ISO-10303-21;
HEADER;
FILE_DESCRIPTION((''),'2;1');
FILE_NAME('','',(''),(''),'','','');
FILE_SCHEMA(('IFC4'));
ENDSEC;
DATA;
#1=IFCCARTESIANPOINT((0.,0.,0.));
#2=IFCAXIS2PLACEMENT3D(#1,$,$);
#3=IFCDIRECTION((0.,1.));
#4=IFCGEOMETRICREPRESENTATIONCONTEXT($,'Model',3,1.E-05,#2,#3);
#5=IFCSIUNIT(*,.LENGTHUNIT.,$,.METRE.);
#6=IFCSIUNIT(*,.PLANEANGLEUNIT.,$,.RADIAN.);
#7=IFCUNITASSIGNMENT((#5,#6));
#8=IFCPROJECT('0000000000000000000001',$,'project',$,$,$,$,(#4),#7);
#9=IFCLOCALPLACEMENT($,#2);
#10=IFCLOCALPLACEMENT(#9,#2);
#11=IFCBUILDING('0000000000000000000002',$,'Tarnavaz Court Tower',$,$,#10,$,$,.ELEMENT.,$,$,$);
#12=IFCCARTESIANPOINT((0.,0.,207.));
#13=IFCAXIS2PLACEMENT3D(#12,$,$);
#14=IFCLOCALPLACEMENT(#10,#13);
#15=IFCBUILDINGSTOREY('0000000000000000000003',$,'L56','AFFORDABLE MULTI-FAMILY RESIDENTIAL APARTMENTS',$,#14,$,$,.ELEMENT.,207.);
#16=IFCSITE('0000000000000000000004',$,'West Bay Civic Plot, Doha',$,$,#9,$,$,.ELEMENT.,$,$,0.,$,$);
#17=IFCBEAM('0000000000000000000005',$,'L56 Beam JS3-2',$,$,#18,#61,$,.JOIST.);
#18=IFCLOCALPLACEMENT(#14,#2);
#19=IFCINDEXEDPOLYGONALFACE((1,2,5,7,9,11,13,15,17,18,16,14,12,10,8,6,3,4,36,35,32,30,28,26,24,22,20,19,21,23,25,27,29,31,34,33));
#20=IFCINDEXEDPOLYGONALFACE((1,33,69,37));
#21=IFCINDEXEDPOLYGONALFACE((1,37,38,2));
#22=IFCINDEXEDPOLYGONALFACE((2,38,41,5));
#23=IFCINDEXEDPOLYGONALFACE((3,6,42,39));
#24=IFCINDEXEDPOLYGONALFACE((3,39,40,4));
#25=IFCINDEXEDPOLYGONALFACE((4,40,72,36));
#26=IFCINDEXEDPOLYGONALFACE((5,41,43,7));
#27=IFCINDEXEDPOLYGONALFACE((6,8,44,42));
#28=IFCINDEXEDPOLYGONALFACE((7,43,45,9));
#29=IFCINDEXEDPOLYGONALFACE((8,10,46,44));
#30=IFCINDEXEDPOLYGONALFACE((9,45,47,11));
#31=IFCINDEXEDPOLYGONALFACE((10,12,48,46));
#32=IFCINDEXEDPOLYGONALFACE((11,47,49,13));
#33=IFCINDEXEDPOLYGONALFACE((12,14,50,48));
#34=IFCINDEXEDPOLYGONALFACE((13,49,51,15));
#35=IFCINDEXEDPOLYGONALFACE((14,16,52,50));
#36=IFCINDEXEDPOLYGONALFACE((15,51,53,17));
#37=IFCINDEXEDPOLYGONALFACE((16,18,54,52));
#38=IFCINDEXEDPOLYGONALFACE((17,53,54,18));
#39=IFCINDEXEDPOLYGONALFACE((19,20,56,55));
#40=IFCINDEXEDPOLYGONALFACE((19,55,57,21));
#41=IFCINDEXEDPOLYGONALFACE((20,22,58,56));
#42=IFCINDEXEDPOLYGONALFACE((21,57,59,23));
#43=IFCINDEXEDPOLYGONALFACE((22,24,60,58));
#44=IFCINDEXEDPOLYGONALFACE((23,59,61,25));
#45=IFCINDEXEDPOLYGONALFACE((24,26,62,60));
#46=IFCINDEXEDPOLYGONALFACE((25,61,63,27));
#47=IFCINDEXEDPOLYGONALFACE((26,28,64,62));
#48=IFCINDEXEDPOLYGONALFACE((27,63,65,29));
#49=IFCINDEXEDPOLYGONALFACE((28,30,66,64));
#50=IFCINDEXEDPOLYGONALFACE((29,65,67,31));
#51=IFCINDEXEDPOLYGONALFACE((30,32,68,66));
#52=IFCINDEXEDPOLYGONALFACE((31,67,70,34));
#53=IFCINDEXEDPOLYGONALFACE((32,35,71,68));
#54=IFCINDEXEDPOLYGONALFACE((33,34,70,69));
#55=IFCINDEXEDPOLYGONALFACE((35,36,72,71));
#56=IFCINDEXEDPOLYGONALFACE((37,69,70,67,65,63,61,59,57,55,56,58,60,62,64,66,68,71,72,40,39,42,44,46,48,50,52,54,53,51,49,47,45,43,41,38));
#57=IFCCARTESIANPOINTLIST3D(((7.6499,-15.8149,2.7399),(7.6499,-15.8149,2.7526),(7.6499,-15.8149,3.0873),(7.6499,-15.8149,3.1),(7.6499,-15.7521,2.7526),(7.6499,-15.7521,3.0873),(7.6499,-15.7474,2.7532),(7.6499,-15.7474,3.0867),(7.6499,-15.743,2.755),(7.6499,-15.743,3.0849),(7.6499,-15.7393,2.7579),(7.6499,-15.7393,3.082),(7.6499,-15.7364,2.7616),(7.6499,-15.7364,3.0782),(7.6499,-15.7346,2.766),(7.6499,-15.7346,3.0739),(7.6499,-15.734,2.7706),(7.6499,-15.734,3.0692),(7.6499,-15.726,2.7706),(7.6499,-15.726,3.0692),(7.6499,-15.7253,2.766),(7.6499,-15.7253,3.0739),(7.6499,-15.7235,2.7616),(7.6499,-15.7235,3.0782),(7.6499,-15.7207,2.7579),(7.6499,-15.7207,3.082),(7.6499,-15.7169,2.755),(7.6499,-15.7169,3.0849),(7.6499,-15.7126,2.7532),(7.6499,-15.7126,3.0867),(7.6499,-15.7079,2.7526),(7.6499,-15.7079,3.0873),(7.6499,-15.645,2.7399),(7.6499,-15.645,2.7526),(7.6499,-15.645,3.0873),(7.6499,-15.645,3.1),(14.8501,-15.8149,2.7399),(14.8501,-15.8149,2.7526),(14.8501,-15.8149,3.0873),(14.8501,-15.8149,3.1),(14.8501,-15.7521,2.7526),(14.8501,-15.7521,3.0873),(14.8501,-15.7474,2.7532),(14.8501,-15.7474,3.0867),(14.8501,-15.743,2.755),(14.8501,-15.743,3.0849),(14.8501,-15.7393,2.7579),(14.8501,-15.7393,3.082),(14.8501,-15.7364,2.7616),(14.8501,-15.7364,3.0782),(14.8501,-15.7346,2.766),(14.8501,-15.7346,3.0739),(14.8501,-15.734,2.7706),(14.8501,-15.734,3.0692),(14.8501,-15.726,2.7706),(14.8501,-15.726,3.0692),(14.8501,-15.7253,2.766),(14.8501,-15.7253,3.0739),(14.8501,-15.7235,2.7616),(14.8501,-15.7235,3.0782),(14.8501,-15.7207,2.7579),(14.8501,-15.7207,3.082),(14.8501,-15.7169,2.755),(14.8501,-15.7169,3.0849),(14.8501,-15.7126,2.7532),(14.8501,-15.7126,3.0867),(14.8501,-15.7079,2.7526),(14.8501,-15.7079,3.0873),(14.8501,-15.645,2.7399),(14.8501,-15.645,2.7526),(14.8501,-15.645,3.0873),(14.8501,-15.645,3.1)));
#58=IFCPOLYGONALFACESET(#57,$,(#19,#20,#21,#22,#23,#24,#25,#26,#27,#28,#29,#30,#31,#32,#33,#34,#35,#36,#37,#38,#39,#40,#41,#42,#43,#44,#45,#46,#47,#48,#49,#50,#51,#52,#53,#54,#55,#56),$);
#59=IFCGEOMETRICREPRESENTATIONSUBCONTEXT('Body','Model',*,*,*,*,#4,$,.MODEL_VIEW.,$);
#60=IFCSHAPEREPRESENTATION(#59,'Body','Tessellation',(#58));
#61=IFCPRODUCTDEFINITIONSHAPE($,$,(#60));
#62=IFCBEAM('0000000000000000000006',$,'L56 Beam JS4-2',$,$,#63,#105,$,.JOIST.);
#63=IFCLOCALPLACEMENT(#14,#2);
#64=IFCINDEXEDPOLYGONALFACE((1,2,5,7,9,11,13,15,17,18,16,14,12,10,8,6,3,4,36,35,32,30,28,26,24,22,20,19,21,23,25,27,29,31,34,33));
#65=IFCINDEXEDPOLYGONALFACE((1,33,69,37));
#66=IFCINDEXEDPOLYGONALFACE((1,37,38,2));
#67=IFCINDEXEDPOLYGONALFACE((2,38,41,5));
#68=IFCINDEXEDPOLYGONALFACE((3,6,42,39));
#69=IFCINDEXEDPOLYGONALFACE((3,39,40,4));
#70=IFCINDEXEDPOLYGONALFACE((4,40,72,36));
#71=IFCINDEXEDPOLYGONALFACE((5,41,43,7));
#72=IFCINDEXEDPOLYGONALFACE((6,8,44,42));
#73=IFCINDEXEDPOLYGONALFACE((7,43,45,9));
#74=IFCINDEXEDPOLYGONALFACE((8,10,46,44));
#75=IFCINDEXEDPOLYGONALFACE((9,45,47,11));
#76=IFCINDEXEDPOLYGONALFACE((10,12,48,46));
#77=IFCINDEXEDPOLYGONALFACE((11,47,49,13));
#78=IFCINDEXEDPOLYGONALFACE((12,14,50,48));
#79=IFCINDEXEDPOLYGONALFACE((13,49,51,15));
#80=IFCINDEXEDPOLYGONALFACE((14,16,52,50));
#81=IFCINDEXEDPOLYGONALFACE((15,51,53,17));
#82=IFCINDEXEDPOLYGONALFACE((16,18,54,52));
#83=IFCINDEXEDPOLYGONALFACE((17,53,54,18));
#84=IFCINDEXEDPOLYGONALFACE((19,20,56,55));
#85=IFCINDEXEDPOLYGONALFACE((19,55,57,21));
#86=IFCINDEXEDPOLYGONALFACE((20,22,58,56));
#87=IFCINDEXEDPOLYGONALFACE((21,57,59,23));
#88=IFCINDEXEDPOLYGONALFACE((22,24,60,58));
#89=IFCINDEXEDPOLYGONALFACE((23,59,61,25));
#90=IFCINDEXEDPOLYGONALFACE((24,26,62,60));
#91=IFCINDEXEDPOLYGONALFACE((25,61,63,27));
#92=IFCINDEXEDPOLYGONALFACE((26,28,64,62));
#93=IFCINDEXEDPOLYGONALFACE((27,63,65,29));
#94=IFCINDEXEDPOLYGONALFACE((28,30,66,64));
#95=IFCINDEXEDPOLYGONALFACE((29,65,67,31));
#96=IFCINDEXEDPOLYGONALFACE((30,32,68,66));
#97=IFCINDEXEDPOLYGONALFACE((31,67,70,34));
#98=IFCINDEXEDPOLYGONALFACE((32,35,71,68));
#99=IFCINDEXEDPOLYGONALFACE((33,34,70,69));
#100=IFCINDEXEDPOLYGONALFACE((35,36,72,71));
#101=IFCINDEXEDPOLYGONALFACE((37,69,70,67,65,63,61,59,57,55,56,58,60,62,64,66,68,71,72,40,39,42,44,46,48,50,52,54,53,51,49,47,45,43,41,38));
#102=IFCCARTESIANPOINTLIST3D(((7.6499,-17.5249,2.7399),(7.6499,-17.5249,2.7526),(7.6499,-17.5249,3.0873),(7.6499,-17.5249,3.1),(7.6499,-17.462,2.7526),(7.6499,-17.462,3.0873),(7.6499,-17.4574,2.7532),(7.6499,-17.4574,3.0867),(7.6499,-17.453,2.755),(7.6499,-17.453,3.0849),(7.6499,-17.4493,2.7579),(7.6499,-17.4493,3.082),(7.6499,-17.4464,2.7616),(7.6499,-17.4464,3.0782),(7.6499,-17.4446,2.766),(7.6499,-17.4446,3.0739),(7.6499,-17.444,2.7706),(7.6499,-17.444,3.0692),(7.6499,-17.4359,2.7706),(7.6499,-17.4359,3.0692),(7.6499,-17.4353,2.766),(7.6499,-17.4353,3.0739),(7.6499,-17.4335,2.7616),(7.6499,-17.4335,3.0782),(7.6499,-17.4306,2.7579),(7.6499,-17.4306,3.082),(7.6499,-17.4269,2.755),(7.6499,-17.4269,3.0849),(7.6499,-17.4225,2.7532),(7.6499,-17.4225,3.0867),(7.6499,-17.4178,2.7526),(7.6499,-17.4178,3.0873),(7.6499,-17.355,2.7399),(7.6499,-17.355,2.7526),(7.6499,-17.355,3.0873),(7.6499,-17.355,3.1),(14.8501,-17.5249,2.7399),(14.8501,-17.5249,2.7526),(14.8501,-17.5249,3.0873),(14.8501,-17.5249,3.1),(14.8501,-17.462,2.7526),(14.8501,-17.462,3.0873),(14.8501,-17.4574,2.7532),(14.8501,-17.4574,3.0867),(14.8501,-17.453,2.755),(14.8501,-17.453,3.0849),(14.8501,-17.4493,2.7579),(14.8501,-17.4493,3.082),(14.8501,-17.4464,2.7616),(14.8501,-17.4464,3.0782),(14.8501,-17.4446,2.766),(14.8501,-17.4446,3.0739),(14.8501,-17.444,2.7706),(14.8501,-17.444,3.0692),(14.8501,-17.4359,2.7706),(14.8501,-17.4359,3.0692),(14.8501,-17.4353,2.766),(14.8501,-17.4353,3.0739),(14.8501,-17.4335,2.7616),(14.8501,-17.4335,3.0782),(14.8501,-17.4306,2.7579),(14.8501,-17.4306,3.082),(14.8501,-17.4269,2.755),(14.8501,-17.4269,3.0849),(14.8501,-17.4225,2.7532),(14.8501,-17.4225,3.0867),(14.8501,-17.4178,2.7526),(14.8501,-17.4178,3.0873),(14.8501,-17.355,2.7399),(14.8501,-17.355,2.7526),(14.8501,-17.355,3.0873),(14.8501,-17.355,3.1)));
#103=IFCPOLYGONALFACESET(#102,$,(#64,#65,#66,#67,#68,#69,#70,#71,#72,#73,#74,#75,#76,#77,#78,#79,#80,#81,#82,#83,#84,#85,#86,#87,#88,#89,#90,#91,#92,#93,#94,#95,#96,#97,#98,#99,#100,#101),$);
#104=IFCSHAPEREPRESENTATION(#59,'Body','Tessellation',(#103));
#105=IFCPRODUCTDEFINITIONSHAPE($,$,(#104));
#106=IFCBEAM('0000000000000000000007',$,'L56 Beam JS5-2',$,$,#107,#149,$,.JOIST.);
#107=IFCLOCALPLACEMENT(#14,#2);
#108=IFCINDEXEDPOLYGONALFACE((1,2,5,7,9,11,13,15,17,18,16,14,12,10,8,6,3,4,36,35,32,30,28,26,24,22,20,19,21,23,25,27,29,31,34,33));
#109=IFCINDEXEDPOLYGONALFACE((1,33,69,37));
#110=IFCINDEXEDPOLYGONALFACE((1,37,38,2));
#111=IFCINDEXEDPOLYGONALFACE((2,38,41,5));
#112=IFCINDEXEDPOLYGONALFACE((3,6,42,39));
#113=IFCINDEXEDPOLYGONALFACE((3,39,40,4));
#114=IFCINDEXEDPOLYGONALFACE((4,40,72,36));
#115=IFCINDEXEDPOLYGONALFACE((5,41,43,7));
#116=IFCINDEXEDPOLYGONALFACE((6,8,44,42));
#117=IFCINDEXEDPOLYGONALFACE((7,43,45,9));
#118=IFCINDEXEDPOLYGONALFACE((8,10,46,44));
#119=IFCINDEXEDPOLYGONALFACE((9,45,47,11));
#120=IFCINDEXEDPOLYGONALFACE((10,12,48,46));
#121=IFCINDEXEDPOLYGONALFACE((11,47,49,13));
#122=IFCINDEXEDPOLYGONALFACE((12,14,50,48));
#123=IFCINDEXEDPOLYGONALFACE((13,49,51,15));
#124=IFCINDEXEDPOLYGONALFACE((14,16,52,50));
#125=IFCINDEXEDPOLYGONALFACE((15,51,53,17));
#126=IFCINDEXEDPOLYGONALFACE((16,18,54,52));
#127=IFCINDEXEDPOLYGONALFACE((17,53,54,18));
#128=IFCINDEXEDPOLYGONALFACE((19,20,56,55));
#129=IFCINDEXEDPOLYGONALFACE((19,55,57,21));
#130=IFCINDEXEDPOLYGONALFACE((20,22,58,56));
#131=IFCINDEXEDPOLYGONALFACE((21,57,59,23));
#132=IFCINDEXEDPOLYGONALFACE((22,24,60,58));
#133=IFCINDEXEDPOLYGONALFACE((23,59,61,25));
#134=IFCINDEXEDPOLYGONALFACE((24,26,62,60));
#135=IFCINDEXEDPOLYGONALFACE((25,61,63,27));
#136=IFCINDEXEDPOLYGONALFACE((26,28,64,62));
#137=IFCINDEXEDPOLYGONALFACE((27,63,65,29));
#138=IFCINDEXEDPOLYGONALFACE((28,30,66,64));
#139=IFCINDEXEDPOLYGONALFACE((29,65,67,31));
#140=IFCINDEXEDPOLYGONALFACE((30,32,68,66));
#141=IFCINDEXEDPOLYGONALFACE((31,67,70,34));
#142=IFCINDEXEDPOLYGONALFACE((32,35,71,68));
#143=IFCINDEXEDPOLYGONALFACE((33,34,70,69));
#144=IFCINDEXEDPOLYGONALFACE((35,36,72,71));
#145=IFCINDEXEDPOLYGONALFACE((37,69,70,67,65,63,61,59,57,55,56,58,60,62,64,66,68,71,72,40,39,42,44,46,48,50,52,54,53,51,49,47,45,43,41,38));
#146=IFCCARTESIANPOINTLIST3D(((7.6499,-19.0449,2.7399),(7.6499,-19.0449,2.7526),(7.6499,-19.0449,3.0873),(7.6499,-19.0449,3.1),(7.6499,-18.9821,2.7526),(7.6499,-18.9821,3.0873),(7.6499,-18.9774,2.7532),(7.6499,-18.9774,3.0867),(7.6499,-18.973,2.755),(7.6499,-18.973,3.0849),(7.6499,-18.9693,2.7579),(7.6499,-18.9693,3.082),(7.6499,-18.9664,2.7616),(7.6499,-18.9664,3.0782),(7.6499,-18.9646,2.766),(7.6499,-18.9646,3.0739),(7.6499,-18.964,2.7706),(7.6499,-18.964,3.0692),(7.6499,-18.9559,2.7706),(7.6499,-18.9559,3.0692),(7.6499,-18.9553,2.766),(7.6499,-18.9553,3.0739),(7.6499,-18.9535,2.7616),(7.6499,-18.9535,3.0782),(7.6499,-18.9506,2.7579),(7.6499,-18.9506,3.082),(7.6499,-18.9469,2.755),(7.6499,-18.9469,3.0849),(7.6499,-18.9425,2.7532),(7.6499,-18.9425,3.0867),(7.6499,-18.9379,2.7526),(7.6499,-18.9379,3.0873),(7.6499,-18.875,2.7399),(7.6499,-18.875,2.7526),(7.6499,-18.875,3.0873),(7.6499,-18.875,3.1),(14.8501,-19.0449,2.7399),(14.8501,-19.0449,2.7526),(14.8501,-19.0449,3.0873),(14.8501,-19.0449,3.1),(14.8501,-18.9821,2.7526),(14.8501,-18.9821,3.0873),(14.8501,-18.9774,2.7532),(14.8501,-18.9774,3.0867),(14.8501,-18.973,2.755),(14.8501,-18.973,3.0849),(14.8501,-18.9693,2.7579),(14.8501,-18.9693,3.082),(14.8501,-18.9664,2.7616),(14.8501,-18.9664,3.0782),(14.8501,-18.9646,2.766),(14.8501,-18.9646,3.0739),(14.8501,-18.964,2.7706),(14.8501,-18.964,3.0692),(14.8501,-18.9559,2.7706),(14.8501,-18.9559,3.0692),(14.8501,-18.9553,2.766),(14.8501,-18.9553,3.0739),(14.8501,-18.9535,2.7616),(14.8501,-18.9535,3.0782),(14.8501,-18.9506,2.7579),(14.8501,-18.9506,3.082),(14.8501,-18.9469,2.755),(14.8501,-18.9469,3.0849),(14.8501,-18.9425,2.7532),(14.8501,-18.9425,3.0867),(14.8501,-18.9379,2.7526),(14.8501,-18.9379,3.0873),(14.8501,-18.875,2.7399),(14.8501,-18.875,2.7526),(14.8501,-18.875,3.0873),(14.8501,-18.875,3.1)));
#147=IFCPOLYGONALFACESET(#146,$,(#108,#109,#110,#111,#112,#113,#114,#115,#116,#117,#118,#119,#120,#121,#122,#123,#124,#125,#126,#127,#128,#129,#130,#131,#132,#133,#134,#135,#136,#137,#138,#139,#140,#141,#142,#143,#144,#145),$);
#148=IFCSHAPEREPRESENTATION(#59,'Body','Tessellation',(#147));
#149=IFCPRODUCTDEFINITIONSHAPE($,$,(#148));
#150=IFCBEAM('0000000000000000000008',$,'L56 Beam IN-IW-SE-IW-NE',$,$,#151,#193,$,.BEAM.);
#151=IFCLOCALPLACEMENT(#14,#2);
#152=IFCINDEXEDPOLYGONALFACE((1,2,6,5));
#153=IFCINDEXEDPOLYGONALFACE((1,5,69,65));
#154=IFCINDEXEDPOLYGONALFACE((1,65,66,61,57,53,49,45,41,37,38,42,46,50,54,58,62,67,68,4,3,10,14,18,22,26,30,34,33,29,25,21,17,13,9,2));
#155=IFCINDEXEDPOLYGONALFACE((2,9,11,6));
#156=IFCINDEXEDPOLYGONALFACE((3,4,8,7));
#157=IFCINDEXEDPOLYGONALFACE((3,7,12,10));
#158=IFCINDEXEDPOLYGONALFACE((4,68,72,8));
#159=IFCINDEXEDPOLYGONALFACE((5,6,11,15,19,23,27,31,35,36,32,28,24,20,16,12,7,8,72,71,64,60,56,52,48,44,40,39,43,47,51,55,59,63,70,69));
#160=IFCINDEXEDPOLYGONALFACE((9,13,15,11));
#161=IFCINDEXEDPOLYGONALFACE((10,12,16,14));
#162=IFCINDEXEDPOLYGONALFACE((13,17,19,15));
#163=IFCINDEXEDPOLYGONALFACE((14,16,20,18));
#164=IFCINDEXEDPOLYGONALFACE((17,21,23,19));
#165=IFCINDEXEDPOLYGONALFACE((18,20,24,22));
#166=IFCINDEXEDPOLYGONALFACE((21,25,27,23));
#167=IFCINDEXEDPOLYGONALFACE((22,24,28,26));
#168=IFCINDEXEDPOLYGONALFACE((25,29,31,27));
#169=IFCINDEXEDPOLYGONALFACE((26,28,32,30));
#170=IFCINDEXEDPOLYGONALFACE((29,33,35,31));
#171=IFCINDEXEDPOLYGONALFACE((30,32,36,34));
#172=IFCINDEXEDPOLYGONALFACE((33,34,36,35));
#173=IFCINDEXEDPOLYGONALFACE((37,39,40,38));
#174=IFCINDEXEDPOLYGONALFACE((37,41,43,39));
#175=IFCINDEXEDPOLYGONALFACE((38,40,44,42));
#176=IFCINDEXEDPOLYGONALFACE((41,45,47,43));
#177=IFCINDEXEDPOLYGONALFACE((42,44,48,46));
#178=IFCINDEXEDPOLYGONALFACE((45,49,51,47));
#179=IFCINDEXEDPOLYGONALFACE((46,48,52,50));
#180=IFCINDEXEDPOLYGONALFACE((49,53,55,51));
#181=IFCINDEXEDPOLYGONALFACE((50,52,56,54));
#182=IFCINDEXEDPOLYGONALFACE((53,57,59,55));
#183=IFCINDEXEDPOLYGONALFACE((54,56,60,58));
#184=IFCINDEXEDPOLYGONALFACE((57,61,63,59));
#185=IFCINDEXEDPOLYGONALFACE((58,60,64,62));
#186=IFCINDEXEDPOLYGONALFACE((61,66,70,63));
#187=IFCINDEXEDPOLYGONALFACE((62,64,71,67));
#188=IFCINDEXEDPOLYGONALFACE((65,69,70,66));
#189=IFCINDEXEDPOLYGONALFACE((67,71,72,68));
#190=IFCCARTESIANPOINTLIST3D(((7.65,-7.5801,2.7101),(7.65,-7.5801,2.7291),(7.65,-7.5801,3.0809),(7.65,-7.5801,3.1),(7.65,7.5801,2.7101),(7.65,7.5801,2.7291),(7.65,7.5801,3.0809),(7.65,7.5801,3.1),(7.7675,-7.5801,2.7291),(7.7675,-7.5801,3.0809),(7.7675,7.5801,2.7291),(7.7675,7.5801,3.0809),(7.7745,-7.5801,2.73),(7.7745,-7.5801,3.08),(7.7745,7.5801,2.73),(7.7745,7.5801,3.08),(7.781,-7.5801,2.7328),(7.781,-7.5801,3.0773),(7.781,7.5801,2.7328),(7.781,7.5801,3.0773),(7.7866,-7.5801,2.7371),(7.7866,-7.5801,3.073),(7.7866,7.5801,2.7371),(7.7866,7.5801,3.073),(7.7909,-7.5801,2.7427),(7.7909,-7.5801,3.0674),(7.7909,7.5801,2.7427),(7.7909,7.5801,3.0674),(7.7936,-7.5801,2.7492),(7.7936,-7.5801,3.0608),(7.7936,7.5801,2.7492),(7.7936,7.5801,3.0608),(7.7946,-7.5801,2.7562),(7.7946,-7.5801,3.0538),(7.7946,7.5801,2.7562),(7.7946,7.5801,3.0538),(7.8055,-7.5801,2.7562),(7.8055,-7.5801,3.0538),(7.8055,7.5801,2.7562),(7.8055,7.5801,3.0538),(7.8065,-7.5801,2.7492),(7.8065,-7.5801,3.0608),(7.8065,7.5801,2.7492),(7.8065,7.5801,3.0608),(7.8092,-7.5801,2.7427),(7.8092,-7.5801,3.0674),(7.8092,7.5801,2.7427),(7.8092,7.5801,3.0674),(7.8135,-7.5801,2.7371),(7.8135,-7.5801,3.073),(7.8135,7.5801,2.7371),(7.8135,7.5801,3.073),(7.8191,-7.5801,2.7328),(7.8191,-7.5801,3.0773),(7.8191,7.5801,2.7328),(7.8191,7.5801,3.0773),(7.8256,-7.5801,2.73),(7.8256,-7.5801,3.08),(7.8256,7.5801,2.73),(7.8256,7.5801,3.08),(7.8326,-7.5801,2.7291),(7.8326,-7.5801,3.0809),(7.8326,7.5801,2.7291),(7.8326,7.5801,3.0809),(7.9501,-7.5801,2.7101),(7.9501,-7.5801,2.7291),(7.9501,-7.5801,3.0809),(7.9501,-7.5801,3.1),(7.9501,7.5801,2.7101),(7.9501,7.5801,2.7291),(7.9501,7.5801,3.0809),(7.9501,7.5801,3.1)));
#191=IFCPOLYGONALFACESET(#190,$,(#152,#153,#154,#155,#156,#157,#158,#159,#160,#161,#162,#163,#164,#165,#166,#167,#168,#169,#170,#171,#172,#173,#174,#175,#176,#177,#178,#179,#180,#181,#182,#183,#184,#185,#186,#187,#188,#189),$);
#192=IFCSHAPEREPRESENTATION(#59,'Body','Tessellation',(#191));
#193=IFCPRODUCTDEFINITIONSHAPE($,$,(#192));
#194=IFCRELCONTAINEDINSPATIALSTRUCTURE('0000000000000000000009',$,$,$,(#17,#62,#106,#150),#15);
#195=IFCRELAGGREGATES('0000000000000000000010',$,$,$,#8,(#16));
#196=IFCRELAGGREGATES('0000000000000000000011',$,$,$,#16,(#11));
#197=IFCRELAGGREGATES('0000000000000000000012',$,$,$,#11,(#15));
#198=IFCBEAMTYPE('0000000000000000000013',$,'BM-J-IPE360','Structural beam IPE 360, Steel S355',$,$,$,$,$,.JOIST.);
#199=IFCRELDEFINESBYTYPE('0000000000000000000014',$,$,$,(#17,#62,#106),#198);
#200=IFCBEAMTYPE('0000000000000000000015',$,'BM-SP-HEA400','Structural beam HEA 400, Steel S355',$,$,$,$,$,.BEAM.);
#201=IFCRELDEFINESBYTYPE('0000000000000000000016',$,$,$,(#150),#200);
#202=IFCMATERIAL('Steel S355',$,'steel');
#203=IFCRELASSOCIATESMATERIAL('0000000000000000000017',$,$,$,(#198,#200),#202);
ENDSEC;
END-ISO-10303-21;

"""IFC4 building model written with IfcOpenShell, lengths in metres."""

from ifc_helpers import new_model, si_unit, direction, frame, origin, origin_2d, place, context, subcontext, project, spatial, i_section, extrude, material, material_profile, profile_set, type_object, element, save


model = new_model("IFC4")

# Units and contexts
model_context = context("Model", 3, precision=1e-05, world=origin(), true_north=direction((0.0, 1.0)))
body_context = subcontext(model_context, "Body", "Model", "MODEL_VIEW")
ifc_project = project(units=[si_unit("LENGTHUNIT", "METRE"), si_unit("PLANEANGLEUNIT", "RADIAN")], contexts=[model_context])

# Site, building, storey
site_placement = place(None, origin())
site = spatial("IfcSite", under=ifc_project, at=site_placement, Name="West Bay Civic Plot, Doha", CompositionType="ELEMENT", RefElevation=0.0)
building_placement = place(site_placement, origin())
building = spatial("IfcBuilding", under=site, at=building_placement, Name="Tarnavaz Court Tower", CompositionType="ELEMENT")
storey_placement = place(building_placement, frame((0.0, 0.0, 207.0)))
storey = spatial("IfcBuildingStorey", under=building, at=storey_placement, Name="L56", Description="AFFORDABLE MULTI-FAMILY RESIDENTIAL APARTMENTS", CompositionType="ELEMENT", Elevation=207.0)

# Beams
ifc_material_1 = material(Name="Steel S355", Category="steel")
ifc_material_profile_1 = material_profile(ifc_material_1, i_section(OverallWidth=0.1699, OverallDepth=0.3601, WebThickness=0.0081, FlangeThickness=0.0127, FilletRadius=0.0181, at=origin_2d()), Name="IPE 360")
ifc_profile_set_1 = profile_set([ifc_material_profile_1], Name="Steel S355")
beam_type_1 = type_object("IfcBeamType", Name="BM-J-IPE360", Description="Structural beam IPE 360, Steel S355", PredefinedType="JOIST", material=ifc_profile_set_1)
for number, where, z_axis, x_axis, name in (
    (1, (7.6499, -15.73, 2.9199), (1.0, 0.0, 0.0), (0.0, 1.0, 0.0), "L56 Beam JS3-2"),
    (2, (7.6499, -17.4399, 2.9199), (1.0, 0.0, 0.0), (0.0, 1.0, 0.0), "L56 Beam JS4-2"),
    (3, (7.6499, -18.96, 2.9199), (1.0, 0.0, 0.0), (0.0, 1.0, 0.0), "L56 Beam JS5-2"),
):
    element("IfcBeam", number, at=place(storey_placement, frame(where, z_axis=z_axis, x_axis=x_axis)), inside=storey, type_object=beam_type_1, Name=name, PredefinedType="JOIST", context=body_context, shape_type="SweptSolid", body=[
        extrude(i_section(OverallWidth=0.1699, OverallDepth=0.3601, WebThickness=0.0081, FlangeThickness=0.0127, FilletRadius=0.0181, at=origin_2d()), origin(), (0.0, 0.0, 1.0), 7.2002),
    ])
ifc_material_profile_2 = material_profile(ifc_material_1, i_section(OverallWidth=0.3, OverallDepth=0.3899, WebThickness=0.011, FlangeThickness=0.019, FilletRadius=0.0271, at=origin_2d()), Name="HEA 400")
ifc_profile_set_2 = profile_set([ifc_material_profile_2], Name="Steel S355")
beam_type_2 = type_object("IfcBeamType", Name="BM-SP-HEA400", Description="Structural beam HEA 400, Steel S355", PredefinedType="BEAM", material=ifc_profile_set_2)
beam_1_placement = place(storey_placement, frame((7.8, -7.5801, 2.905), z_axis=(0.0, 1.0, 0.0), x_axis=(-1.0, 0.0, 0.0)))
element("IfcBeam", 4, at=beam_1_placement, inside=storey, type_object=beam_type_2, Name="L56 Beam IN-IW-SE-IW-NE", PredefinedType="BEAM", context=body_context, shape_type="SweptSolid", body=[
    extrude(i_section(OverallWidth=0.3, OverallDepth=0.3899, WebThickness=0.011, FlangeThickness=0.019, FilletRadius=0.0271, at=origin_2d()), origin(), (0.0, 0.0, 1.0), 15.1602),
])

save(model, "model.ifc")
